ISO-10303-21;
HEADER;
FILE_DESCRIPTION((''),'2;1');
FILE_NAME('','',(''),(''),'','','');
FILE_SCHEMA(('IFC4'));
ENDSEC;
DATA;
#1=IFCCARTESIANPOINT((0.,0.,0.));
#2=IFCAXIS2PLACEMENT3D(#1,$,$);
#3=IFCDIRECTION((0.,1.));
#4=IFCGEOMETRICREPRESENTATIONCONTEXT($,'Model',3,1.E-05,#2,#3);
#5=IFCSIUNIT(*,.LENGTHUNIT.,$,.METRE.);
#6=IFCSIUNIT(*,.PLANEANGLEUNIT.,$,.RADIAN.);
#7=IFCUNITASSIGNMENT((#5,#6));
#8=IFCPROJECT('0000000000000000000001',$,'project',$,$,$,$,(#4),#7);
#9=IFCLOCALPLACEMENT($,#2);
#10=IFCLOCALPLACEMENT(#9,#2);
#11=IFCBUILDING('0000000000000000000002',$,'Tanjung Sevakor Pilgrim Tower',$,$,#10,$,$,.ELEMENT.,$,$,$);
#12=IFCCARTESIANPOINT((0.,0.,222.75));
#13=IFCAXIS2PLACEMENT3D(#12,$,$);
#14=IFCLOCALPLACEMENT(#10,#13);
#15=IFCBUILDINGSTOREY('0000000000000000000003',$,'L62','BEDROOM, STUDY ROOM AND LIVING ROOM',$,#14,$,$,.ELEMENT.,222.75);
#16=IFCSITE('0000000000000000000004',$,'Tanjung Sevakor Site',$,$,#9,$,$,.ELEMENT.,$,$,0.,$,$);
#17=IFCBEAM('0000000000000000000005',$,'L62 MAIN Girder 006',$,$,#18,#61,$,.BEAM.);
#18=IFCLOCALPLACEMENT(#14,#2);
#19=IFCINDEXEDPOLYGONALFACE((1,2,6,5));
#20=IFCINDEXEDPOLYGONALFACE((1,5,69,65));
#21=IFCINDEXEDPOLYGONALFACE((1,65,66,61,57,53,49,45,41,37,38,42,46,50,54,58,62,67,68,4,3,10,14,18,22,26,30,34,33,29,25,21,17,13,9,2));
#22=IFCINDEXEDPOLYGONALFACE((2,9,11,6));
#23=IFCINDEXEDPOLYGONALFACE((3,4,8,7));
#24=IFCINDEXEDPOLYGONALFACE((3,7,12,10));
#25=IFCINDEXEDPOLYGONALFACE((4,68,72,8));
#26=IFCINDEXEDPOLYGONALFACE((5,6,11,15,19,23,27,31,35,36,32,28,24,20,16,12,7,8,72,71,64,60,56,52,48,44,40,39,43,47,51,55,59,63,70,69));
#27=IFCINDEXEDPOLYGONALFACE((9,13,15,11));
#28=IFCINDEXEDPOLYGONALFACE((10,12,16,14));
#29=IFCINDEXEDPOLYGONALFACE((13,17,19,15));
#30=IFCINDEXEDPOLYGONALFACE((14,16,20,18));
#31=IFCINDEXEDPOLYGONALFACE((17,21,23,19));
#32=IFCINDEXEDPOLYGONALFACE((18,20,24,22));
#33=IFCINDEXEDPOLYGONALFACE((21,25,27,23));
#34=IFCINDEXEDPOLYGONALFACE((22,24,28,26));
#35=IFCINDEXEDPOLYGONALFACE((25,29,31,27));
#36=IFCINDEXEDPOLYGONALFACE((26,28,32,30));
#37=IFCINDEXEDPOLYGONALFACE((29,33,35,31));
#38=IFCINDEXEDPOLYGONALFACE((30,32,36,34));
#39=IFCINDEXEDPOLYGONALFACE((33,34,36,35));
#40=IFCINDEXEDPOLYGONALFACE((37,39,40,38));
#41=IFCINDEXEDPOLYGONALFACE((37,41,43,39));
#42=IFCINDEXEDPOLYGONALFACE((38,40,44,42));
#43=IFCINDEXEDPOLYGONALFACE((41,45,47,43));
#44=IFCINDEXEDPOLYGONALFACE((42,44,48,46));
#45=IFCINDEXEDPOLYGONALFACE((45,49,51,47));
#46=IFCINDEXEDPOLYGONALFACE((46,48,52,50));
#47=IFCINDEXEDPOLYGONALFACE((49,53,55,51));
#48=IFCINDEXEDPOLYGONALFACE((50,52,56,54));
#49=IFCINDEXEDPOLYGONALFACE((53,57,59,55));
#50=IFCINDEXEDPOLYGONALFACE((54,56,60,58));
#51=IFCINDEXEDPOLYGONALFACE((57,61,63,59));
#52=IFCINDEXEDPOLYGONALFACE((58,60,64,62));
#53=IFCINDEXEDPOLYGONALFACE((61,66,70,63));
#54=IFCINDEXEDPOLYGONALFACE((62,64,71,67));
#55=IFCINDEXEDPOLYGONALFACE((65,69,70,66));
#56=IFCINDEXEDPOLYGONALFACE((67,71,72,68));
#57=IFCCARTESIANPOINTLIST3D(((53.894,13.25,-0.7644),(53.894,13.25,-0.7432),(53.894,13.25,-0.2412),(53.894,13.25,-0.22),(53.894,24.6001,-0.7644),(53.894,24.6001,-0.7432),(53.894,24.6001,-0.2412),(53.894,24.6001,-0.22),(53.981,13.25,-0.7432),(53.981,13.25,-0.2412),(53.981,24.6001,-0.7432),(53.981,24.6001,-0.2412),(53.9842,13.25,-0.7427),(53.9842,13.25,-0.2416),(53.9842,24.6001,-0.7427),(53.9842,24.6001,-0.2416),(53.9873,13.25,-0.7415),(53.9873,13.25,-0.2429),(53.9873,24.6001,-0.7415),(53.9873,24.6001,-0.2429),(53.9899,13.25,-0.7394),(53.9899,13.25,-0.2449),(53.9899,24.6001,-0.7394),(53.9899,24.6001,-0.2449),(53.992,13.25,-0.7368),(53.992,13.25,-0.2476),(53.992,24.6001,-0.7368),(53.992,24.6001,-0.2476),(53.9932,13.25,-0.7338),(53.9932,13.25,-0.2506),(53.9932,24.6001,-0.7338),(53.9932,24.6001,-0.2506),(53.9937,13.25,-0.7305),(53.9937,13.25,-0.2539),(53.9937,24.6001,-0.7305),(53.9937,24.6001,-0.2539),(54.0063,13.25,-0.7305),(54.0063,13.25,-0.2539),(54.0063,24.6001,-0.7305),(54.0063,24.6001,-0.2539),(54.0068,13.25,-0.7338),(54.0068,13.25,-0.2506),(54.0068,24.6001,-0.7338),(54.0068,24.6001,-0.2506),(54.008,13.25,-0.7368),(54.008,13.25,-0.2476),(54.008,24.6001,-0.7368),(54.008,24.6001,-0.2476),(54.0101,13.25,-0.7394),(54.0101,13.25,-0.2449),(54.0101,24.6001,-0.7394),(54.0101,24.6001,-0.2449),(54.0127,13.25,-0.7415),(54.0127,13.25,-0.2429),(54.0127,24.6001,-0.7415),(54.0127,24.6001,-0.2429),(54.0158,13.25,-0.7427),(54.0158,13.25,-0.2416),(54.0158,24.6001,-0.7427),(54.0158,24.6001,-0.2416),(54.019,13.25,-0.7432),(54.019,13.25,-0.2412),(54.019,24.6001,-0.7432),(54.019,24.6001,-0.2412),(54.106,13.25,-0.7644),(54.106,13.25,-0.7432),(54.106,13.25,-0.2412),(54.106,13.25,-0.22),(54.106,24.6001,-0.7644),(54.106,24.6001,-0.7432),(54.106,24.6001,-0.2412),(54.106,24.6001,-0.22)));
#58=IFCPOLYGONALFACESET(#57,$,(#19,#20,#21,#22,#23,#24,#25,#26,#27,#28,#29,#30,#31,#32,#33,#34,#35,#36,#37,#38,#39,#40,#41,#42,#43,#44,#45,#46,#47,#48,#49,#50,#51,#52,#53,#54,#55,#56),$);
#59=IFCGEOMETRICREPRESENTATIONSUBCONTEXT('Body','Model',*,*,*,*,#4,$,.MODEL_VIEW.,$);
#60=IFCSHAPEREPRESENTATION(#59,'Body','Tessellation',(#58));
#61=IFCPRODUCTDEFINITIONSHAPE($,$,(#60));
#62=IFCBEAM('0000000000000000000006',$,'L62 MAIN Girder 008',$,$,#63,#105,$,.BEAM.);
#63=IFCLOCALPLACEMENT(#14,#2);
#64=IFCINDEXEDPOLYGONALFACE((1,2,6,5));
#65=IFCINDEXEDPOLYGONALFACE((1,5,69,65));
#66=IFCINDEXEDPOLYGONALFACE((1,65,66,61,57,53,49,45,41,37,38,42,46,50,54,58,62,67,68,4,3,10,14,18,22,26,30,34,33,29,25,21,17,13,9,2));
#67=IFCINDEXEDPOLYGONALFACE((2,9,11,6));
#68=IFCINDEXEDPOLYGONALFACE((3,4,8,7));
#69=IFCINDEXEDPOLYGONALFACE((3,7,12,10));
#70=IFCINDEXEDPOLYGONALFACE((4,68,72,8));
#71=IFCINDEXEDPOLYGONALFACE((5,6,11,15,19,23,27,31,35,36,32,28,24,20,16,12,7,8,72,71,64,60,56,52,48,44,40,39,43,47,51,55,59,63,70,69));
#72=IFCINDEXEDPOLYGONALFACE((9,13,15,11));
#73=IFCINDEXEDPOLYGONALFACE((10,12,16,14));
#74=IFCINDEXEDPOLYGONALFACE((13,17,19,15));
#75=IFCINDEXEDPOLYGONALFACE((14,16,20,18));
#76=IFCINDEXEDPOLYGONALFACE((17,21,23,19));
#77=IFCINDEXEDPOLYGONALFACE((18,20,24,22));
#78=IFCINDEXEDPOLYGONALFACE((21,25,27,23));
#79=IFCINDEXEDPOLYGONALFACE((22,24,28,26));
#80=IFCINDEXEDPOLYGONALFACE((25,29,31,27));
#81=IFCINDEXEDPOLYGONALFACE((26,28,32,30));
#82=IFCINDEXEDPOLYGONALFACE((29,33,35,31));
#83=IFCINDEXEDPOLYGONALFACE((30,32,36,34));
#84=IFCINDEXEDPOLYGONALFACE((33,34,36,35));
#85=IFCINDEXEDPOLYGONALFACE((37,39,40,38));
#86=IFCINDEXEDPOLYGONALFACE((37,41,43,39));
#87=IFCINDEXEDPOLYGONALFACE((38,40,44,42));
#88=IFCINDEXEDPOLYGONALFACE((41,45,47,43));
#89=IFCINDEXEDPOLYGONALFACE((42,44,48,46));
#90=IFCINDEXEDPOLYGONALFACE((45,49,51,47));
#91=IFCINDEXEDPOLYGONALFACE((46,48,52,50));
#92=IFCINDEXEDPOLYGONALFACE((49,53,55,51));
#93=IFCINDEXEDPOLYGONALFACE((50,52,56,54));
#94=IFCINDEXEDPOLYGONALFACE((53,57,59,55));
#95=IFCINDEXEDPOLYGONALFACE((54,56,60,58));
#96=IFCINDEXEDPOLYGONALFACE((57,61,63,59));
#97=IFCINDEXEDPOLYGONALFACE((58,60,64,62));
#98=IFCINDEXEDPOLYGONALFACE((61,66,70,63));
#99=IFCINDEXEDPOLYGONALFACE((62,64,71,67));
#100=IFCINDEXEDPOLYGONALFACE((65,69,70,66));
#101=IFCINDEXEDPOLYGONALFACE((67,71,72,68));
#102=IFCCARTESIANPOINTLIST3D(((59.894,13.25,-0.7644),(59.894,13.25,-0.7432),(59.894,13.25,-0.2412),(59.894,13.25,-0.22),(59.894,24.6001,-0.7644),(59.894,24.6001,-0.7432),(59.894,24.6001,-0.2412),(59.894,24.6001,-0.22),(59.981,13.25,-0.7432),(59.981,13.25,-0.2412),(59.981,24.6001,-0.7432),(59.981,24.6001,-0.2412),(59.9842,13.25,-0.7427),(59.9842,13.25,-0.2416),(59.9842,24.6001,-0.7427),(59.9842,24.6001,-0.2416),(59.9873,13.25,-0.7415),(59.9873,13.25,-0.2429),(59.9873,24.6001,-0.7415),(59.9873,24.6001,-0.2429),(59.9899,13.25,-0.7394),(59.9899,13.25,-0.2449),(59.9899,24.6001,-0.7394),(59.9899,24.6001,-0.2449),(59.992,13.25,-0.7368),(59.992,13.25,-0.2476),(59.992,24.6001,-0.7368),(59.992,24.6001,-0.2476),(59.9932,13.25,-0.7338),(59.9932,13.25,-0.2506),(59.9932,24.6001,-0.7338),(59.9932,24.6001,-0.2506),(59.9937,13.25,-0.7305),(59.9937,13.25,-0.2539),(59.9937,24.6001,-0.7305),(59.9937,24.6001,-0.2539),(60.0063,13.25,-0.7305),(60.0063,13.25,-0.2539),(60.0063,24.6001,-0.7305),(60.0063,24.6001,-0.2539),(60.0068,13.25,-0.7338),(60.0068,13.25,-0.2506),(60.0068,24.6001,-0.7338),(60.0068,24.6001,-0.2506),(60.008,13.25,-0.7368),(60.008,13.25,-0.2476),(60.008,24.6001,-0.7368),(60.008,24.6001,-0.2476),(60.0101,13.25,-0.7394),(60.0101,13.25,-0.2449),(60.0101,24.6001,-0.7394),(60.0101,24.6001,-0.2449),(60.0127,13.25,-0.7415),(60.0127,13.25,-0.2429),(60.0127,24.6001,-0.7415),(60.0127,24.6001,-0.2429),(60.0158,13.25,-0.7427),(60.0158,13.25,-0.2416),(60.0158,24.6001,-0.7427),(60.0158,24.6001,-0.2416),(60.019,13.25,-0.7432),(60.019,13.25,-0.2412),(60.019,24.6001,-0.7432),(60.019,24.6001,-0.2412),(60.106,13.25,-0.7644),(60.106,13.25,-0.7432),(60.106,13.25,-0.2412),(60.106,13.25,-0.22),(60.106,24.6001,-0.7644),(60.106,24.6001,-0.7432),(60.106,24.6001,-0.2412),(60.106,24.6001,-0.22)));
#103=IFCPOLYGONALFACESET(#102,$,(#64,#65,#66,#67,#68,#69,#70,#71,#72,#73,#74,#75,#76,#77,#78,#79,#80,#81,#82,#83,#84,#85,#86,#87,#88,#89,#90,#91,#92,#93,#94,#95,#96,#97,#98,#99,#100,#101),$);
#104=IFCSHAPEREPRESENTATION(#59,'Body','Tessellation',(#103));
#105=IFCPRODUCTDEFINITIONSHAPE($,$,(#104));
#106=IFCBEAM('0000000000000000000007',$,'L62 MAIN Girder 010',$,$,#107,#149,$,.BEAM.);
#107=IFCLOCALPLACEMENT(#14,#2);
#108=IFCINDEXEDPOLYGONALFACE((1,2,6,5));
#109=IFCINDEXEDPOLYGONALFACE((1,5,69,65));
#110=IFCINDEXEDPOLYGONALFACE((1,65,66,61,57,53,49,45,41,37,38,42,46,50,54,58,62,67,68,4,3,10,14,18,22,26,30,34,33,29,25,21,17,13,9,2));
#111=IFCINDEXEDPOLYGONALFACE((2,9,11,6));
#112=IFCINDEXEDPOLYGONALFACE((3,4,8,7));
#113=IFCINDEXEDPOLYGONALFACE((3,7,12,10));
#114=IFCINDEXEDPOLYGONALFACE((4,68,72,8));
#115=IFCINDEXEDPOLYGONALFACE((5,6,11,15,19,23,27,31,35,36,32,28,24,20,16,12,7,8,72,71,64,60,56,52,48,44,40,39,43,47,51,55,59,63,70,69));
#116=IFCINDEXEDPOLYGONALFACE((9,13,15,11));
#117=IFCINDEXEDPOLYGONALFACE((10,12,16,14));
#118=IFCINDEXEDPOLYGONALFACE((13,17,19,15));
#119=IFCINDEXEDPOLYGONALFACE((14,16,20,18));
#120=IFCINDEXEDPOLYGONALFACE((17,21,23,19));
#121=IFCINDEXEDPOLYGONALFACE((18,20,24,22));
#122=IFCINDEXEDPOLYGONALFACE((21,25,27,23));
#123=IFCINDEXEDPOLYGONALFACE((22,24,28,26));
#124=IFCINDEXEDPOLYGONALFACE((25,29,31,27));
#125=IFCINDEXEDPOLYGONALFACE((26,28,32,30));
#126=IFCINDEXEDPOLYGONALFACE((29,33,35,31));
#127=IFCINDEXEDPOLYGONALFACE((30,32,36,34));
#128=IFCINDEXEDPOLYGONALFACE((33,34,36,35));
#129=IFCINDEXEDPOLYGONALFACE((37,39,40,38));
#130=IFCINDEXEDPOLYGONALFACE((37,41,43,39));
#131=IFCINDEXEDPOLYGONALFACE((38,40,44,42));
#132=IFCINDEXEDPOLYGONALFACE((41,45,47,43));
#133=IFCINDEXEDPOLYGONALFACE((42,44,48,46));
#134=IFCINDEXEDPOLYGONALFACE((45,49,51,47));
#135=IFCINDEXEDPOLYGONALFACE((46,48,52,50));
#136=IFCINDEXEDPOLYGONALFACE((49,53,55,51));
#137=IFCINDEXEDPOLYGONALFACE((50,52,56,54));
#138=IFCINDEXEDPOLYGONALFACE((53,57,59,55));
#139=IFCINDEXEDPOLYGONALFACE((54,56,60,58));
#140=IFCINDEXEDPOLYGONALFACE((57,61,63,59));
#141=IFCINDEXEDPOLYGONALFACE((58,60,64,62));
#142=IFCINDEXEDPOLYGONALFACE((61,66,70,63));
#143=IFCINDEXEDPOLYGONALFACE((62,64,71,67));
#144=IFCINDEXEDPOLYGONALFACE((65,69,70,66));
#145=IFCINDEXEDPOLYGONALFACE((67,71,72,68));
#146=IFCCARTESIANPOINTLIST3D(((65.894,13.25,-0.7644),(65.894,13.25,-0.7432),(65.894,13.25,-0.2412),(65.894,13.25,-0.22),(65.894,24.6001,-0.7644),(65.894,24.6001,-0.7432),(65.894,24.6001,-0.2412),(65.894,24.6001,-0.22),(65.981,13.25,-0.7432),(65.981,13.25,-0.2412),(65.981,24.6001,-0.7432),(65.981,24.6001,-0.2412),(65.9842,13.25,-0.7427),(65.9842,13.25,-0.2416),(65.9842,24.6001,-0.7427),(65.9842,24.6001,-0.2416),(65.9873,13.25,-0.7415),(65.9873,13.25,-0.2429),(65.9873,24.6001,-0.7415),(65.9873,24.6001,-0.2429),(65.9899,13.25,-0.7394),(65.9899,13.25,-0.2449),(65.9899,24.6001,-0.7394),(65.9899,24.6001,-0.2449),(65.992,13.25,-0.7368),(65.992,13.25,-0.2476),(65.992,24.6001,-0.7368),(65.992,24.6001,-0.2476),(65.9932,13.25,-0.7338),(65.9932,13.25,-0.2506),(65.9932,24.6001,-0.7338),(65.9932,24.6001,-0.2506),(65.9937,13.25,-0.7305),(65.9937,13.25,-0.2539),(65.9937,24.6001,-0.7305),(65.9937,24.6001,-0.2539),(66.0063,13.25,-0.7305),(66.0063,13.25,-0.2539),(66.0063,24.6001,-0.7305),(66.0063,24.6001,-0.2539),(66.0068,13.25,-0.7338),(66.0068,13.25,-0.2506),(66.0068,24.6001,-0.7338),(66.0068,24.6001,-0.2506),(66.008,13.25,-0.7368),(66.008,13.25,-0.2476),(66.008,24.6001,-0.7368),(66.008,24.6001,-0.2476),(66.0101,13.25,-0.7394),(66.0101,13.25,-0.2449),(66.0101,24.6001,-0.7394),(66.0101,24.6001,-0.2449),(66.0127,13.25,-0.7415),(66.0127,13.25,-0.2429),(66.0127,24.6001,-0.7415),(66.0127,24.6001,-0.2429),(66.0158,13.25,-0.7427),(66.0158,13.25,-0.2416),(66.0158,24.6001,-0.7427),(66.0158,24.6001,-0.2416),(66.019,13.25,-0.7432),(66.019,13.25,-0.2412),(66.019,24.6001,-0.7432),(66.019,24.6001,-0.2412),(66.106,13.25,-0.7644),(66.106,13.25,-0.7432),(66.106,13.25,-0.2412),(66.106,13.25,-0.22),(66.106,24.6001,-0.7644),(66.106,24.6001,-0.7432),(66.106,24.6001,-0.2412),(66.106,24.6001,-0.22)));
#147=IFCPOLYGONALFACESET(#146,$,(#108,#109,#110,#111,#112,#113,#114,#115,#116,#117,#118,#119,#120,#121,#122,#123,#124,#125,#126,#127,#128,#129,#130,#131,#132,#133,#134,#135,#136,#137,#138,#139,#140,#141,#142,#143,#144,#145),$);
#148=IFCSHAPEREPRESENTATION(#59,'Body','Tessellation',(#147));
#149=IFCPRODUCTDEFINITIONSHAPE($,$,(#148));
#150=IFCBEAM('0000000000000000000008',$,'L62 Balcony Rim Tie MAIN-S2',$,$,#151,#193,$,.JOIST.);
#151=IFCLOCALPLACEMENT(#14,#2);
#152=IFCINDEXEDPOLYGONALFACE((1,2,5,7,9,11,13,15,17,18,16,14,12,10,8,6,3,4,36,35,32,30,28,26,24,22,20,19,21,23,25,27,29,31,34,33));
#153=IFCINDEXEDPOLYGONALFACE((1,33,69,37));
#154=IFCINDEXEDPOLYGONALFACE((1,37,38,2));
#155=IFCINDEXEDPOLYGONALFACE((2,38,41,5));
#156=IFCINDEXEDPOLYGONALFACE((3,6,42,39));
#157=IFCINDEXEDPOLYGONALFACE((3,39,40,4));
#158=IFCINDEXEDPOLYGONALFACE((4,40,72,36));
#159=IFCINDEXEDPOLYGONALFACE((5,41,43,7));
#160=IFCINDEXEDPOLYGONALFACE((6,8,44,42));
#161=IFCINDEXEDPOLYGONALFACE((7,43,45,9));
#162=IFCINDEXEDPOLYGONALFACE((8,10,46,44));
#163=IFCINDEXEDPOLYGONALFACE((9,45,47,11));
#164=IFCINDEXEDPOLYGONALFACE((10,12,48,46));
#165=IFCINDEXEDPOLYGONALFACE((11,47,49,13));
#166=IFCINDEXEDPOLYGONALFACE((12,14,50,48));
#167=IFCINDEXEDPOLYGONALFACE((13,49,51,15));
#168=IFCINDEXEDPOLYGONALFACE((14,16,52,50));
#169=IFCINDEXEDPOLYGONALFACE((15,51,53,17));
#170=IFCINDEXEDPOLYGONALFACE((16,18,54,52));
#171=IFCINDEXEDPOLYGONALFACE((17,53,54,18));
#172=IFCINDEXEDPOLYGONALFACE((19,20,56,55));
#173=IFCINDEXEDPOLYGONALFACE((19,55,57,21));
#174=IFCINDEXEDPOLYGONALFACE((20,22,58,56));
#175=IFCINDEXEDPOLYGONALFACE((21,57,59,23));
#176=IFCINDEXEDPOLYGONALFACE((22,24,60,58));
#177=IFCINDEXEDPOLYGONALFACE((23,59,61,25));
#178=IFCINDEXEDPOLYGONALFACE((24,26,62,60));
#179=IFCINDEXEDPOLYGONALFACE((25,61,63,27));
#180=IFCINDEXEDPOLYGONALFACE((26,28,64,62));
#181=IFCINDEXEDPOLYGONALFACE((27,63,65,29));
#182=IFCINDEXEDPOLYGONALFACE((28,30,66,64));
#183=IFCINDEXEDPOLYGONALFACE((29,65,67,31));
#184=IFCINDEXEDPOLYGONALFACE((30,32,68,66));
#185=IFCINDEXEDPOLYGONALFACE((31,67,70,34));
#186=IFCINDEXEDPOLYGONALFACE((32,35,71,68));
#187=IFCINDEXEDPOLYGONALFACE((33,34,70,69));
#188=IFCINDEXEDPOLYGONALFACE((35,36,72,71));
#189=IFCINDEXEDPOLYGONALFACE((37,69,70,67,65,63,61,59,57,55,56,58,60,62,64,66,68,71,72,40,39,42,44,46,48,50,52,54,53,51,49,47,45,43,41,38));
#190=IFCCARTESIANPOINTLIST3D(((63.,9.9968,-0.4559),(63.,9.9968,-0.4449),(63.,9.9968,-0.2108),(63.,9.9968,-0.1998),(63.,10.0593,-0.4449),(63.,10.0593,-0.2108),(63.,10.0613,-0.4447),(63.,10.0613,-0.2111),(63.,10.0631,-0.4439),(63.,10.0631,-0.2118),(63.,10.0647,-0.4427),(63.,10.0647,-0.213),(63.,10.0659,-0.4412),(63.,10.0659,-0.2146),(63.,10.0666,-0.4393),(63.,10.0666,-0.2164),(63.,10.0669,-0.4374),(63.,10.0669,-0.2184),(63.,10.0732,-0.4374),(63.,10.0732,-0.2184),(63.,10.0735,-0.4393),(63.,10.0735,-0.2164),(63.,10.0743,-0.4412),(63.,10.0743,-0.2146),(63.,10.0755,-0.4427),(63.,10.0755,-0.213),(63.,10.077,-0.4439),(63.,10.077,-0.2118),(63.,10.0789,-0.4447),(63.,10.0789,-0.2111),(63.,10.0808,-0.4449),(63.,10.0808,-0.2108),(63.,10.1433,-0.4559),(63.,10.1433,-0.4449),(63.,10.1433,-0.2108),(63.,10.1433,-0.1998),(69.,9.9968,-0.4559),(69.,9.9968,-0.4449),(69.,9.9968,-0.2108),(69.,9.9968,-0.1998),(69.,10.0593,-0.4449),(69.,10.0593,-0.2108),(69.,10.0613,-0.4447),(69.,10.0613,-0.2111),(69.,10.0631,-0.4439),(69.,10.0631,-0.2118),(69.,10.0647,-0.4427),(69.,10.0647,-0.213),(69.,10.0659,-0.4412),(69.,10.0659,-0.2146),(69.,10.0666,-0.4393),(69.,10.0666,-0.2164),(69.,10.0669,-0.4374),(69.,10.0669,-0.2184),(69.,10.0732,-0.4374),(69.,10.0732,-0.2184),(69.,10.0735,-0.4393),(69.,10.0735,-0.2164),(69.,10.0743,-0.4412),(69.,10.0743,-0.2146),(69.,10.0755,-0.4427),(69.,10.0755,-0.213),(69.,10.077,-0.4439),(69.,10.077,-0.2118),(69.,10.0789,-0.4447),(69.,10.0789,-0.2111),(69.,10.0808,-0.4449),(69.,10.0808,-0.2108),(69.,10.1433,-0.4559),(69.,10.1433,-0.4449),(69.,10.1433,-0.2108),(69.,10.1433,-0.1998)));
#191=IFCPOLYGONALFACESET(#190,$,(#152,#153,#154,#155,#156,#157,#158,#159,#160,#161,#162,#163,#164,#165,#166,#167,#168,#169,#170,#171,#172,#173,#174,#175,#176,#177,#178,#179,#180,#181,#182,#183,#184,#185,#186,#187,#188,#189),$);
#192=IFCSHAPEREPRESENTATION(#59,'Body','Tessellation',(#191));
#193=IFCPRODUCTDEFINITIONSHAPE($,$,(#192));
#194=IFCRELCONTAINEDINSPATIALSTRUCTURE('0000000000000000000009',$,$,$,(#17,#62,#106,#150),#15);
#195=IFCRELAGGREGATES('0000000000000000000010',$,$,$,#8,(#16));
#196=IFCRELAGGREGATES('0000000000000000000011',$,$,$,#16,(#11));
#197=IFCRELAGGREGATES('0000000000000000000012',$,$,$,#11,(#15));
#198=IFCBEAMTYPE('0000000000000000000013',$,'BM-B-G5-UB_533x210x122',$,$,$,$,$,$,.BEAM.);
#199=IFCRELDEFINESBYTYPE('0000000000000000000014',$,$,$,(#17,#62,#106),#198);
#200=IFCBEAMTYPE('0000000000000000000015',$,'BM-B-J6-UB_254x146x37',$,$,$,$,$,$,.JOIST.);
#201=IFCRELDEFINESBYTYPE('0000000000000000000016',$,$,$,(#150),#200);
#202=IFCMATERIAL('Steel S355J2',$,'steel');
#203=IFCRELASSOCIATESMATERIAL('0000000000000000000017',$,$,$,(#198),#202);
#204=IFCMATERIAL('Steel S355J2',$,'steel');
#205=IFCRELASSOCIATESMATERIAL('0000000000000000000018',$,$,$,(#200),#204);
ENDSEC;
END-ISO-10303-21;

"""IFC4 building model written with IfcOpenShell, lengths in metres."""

from ifc_helpers import new_model, si_unit, direction, frame, origin, origin_2d, place, context, subcontext, project, spatial, i_section, extrude, material, material_profile, profile_set, type_object, element, save


model = new_model("IFC4")

# Units and contexts
model_context = context("Model", 3, precision=1e-05, world=origin(), true_north=direction((0.0, 1.0)))
body_context = subcontext(model_context, "Body", "Model", "MODEL_VIEW")
ifc_project = project(units=[si_unit("LENGTHUNIT", "METRE"), si_unit("PLANEANGLEUNIT", "RADIAN")], contexts=[model_context])

# Site, building, storey
site_placement = place(None, origin())
site = spatial("IfcSite", under=ifc_project, at=site_placement, Name="Tanjung Sevakor Site", CompositionType="ELEMENT", RefElevation=0.0)
building_placement = place(site_placement, origin())
building = spatial("IfcBuilding", under=site, at=building_placement, Name="Tanjung Sevakor Pilgrim Tower", CompositionType="ELEMENT")
storey_placement = place(building_placement, frame((0.0, 0.0, 222.75)))
storey = spatial("IfcBuildingStorey", under=building, at=storey_placement, Name="L62", Description="BEDROOM, STUDY ROOM AND LIVING ROOM", CompositionType="ELEMENT", Elevation=222.75)

# Beams
ifc_material_1 = material(Name="Steel S355J2", Category="steel")
ifc_material_profile_1 = material_profile(ifc_material_1, i_section(OverallWidth=0.2119, OverallDepth=0.5444, WebThickness=0.0127, FlangeThickness=0.0212, FilletRadius=0.0127, at=origin_2d()))
ifc_profile_set_1 = profile_set([ifc_material_profile_1], Name="Steel S355J2")
beam_type_1 = type_object("IfcBeamType", Name="BM-B-G5-UB_533x210x122", PredefinedType="BEAM", material=ifc_profile_set_1)
for number, where, z_axis, x_axis, name in (
    (1, (54.0, 13.25, -0.4922), (0.0, 1.0, 0.0), (-1.0, 0.0, 0.0), "L62 MAIN Girder 006"),
    (2, (60.0, 13.25, -0.4922), (0.0, 1.0, 0.0), (-1.0, 0.0, 0.0), "L62 MAIN Girder 008"),
    (3, (66.0, 13.25, -0.4922), (0.0, 1.0, 0.0), (-1.0, 0.0, 0.0), "L62 MAIN Girder 010"),
):
    element("IfcBeam", number, at=place(storey_placement, frame(where, z_axis=z_axis, x_axis=x_axis)), inside=storey, type_object=beam_type_1, Name=name, PredefinedType="BEAM", context=body_context, shape_type="SweptSolid", body=[
        extrude(i_section(OverallWidth=0.2119, OverallDepth=0.5444, WebThickness=0.0127, FlangeThickness=0.0212, FilletRadius=0.0127, at=origin_2d()), origin(), (0.0, 0.0, 1.0), 11.3501),
    ])
ifc_material_2 = material(Name="Steel S355J2", Category="steel")
ifc_material_profile_2 = material_profile(ifc_material_2, i_section(OverallWidth=0.1465, OverallDepth=0.2561, WebThickness=0.0063, FlangeThickness=0.011, FilletRadius=0.0076, at=origin_2d()))
ifc_profile_set_2 = profile_set([ifc_material_profile_2], Name="Steel S355J2")
beam_type_2 = type_object("IfcBeamType", Name="BM-B-J6-UB_254x146x37", PredefinedType="JOIST", material=ifc_profile_set_2)
beam_1_placement = place(storey_placement, frame((63.0, 10.0701, -0.3279), z_axis=(1.0, 0.0, 0.0), x_axis=(0.0, 1.0, 0.0)))
element("IfcBeam", 4, at=beam_1_placement, inside=storey, type_object=beam_type_2, Name="L62 Balcony Rim Tie MAIN-S2", PredefinedType="JOIST", context=body_context, shape_type="SweptSolid", body=[
    extrude(i_section(OverallWidth=0.1465, OverallDepth=0.2561, WebThickness=0.0063, FlangeThickness=0.011, FilletRadius=0.0076, at=origin_2d()), origin(), (0.0, 0.0, 1.0), 6.0),
])

save(model, "model.ifc")
